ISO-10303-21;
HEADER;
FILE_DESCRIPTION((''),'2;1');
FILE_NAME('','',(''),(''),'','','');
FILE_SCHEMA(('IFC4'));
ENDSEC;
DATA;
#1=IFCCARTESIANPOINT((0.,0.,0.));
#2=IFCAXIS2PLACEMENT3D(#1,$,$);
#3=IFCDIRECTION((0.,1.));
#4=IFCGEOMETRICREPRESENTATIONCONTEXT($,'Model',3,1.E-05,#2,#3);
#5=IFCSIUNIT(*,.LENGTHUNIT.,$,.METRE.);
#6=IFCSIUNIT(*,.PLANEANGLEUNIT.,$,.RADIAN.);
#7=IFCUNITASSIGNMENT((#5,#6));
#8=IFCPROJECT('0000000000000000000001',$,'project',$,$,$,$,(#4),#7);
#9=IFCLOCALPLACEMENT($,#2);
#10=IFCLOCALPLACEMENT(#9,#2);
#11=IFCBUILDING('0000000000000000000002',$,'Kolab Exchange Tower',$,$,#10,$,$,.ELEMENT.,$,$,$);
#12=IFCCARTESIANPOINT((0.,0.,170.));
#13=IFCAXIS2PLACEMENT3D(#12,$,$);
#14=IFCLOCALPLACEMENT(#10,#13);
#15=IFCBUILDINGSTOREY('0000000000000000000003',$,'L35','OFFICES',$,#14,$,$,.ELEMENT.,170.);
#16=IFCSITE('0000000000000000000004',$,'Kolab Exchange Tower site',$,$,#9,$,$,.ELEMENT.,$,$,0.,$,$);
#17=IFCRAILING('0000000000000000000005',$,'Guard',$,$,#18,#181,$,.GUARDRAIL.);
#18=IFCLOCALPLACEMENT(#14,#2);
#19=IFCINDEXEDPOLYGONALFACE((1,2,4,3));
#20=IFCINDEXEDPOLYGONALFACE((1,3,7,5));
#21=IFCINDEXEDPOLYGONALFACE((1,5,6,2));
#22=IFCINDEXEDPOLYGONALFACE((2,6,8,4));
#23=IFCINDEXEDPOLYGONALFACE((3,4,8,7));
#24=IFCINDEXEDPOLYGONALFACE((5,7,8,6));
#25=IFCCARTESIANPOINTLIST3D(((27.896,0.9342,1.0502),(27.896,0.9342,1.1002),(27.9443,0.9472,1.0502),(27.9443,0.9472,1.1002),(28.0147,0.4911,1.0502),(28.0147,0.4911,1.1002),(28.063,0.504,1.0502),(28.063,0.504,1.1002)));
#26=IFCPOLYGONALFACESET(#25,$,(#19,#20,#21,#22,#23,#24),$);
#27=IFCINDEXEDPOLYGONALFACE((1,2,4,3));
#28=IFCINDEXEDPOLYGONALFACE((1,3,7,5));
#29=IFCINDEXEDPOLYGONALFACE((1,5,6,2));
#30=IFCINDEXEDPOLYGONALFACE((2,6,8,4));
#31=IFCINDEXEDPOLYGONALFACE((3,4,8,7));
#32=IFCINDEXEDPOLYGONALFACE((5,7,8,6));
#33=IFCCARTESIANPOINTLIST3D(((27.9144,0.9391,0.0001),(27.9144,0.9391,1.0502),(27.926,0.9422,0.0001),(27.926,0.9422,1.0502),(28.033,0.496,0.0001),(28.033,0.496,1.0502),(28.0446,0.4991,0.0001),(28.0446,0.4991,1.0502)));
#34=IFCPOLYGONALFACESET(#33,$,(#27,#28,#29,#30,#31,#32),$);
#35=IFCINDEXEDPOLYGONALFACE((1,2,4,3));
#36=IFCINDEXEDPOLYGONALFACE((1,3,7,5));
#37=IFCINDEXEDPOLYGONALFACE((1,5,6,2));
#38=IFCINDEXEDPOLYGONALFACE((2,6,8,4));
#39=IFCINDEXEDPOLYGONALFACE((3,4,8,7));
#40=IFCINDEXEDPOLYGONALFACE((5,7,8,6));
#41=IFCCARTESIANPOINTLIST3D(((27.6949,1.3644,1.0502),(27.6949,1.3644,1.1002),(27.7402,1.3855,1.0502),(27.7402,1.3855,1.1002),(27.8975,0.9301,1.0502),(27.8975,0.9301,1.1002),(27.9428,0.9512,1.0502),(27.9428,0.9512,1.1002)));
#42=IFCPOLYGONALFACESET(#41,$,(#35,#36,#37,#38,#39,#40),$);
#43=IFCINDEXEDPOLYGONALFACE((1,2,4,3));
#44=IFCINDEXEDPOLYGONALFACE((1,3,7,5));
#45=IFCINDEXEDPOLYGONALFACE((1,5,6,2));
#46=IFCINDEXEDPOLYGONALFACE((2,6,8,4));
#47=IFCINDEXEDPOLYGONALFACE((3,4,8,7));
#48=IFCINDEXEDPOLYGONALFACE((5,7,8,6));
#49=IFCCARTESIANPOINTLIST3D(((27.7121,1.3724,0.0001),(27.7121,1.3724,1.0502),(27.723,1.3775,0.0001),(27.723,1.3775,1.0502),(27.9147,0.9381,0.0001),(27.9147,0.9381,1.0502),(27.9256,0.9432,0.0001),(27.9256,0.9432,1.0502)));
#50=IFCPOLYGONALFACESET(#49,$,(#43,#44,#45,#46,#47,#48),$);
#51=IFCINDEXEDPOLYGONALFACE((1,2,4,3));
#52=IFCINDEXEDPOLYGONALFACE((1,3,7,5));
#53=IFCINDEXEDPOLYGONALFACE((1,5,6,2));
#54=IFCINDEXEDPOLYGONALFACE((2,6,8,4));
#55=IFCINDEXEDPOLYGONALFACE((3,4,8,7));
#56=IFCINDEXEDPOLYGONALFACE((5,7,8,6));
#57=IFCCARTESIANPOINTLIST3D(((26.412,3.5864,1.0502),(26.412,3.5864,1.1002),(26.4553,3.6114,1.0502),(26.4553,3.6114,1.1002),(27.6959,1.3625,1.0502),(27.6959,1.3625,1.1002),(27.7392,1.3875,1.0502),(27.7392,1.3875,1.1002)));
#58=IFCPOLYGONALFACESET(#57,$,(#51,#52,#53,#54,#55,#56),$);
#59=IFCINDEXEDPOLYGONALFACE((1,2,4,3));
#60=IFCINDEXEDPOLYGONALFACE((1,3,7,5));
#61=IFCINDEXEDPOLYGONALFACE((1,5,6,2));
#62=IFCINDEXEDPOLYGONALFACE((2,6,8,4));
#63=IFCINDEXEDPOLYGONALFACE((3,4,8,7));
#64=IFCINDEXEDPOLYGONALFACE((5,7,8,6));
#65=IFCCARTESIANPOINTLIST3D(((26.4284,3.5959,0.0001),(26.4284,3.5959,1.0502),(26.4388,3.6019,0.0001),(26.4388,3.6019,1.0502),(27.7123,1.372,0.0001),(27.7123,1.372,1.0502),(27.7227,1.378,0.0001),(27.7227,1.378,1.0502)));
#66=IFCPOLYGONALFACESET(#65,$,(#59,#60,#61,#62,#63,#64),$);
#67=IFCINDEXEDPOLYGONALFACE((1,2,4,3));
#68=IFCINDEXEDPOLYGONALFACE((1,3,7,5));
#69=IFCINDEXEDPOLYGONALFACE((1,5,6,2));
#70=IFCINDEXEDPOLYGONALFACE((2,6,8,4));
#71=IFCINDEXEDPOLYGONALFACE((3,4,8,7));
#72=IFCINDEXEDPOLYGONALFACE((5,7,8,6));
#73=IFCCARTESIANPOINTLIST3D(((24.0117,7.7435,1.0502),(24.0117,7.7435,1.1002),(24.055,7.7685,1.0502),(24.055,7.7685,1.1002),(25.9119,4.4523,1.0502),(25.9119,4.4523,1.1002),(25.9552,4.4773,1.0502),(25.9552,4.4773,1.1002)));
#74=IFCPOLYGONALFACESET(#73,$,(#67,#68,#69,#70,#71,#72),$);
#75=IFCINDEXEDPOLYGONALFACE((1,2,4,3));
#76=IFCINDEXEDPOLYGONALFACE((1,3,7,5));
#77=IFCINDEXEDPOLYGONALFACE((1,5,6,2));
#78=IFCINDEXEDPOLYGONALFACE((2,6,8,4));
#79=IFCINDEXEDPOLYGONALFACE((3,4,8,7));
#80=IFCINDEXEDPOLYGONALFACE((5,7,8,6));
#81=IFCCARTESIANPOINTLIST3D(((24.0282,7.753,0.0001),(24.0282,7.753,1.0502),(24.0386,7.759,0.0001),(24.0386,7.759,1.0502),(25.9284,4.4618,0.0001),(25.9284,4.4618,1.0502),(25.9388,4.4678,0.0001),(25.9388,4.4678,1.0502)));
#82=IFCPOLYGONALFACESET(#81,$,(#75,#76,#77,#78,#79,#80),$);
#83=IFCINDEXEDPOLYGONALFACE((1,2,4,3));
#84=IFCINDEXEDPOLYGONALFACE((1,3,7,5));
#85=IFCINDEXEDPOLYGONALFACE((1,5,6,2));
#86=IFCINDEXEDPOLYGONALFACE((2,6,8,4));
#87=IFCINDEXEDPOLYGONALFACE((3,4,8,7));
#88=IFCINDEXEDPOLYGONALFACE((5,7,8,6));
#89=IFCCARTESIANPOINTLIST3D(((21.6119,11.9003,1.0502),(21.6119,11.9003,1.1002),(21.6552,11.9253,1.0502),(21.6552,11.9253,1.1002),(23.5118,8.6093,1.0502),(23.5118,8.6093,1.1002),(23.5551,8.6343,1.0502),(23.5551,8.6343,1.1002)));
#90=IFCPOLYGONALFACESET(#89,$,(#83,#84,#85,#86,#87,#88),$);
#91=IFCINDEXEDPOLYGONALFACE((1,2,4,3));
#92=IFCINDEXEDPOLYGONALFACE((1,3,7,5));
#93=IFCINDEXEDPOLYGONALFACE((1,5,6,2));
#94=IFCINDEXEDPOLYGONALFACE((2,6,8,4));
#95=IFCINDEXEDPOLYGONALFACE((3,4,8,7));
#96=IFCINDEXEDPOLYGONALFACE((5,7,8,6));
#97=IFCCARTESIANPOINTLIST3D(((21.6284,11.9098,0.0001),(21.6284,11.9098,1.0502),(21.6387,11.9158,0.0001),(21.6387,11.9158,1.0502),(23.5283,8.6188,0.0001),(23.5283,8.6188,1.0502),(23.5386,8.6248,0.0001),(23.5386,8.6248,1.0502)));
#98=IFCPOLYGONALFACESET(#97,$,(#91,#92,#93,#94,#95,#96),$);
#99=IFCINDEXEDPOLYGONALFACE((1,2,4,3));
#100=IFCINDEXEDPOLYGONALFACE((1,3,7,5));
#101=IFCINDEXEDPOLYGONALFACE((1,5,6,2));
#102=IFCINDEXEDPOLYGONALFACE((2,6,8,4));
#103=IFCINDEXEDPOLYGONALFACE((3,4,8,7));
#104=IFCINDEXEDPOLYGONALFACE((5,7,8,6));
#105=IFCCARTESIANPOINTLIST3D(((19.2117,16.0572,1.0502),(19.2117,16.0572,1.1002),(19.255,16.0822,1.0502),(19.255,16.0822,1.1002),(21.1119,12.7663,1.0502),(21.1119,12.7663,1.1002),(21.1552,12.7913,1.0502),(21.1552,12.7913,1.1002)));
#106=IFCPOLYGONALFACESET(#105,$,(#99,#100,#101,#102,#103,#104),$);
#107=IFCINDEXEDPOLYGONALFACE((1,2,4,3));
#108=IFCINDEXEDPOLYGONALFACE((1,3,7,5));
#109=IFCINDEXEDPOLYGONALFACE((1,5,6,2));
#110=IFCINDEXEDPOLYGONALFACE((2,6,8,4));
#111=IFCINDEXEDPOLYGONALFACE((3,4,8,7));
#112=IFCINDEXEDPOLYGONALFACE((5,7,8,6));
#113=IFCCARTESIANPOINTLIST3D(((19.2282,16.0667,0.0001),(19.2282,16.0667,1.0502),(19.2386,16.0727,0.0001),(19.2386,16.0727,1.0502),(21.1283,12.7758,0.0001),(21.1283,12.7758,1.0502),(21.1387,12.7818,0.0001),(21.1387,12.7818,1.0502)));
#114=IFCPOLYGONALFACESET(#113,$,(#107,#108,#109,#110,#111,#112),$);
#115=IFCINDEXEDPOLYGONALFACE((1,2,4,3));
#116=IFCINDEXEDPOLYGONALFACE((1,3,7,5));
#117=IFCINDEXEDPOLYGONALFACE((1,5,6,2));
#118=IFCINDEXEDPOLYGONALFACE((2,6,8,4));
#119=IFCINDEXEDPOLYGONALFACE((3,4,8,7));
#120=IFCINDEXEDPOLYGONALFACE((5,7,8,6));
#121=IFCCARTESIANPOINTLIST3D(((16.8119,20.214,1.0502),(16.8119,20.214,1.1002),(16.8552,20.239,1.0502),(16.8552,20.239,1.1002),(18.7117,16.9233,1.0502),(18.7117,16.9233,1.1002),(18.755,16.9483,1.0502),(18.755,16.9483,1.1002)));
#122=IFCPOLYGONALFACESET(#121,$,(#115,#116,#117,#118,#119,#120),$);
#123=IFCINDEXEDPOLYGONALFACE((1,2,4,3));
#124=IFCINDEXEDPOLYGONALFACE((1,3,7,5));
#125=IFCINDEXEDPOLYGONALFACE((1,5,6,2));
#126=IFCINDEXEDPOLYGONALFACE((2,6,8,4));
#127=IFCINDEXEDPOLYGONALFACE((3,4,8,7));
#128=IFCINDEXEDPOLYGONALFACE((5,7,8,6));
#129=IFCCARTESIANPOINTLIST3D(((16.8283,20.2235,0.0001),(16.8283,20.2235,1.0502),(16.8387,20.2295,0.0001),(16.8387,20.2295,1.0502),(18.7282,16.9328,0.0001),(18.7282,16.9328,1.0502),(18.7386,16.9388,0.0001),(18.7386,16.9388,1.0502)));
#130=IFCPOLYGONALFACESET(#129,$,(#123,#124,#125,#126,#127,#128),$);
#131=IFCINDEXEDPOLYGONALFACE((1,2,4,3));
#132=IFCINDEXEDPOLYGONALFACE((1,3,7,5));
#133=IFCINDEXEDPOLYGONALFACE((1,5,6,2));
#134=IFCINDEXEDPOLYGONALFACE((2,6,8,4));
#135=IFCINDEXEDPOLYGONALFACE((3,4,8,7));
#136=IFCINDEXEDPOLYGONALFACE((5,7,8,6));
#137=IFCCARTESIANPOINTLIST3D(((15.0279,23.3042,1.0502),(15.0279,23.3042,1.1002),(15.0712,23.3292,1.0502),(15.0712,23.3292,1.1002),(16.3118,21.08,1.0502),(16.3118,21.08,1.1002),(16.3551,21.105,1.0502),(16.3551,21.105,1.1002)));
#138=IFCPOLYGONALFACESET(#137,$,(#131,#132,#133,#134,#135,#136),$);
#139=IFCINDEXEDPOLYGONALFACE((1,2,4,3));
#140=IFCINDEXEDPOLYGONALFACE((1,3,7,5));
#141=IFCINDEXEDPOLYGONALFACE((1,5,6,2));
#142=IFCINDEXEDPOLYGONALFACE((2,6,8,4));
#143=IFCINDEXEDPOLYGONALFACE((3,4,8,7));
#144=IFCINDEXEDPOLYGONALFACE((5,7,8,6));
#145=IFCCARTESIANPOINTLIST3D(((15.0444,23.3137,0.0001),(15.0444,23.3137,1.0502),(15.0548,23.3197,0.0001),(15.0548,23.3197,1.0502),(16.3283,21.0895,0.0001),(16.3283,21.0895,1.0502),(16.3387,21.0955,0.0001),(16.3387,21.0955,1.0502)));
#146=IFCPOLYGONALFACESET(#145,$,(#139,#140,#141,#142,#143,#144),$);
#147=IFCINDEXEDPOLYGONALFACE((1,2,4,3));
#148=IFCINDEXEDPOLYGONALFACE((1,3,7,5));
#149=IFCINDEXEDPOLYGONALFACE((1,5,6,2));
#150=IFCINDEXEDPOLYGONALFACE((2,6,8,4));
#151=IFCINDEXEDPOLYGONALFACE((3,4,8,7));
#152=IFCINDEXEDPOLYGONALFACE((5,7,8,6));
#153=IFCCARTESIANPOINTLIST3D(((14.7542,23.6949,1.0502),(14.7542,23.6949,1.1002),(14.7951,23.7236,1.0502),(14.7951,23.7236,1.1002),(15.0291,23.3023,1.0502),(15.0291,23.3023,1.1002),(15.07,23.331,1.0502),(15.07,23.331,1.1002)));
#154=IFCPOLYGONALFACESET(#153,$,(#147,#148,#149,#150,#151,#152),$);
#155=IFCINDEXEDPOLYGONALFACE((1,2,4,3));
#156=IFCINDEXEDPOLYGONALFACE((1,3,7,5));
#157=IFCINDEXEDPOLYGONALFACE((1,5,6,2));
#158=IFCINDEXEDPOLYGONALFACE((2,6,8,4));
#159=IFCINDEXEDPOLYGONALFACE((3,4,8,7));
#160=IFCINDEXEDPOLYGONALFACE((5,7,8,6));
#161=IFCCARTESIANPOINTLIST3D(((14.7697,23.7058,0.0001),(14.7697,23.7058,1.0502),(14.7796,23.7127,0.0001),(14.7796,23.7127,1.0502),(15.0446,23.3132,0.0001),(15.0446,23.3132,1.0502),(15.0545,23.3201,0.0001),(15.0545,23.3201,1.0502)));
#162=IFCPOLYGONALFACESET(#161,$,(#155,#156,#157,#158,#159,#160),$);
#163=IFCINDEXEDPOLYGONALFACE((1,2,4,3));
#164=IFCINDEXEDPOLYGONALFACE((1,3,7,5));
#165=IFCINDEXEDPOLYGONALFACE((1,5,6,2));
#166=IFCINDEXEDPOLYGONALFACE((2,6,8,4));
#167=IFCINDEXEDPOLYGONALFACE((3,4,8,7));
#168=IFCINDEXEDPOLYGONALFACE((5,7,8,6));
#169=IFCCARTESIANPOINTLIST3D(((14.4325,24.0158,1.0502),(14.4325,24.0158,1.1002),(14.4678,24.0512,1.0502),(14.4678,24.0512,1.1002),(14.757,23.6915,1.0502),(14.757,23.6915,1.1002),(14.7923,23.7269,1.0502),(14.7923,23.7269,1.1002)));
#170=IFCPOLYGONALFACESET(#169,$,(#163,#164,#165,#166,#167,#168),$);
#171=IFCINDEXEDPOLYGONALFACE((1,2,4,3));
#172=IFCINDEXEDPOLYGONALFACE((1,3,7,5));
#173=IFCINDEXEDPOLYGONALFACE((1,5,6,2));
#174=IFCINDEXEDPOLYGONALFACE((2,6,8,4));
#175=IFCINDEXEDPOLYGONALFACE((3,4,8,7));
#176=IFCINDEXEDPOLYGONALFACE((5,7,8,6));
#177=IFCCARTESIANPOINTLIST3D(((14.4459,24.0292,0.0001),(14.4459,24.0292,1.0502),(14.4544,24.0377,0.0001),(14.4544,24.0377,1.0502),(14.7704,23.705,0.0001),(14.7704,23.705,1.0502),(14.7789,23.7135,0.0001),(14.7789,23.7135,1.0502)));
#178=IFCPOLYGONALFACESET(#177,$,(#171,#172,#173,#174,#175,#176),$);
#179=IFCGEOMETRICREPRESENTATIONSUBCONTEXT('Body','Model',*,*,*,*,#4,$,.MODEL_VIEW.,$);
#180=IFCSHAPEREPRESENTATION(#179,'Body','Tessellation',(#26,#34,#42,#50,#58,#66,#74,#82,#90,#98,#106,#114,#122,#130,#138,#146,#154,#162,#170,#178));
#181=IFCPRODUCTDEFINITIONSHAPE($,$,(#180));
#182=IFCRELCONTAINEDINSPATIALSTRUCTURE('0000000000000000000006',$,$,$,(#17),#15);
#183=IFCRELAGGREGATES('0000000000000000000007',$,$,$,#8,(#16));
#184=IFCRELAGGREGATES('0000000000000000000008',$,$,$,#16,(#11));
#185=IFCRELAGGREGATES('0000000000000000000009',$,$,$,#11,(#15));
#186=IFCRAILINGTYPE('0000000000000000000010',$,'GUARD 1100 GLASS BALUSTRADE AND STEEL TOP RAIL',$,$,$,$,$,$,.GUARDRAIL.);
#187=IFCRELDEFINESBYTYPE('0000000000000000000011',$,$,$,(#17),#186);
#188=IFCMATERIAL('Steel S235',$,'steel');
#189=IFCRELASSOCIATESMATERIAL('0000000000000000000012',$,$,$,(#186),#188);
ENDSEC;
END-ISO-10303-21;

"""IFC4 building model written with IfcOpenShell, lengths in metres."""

from ifc_helpers import new_model, si_unit, direction, frame, frame_2d, origin, origin_2d, place, context, subcontext, project, spatial, rectangle, extrude, material, type_object, element, save


model = new_model("IFC4")

# Units and contexts
model_context = context("Model", 3, precision=1e-05, world=origin(), true_north=direction((0.0, 1.0)))
body_context = subcontext(model_context, "Body", "Model", "MODEL_VIEW")
ifc_project = project(units=[si_unit("LENGTHUNIT", "METRE"), si_unit("PLANEANGLEUNIT", "RADIAN")], contexts=[model_context])

# Site, building, storey
site_placement = place(None, origin())
site = spatial("IfcSite", under=ifc_project, at=site_placement, Name="Kolab Exchange Tower site", CompositionType="ELEMENT", RefElevation=0.0)
building_placement = place(site_placement, origin())
building = spatial("IfcBuilding", under=site, at=building_placement, Name="Kolab Exchange Tower", CompositionType="ELEMENT")
storey_placement = place(building_placement, frame((0.0, 0.0, 170.0)))
storey = spatial("IfcBuildingStorey", under=building, at=storey_placement, Name="L35", Description="OFFICES", CompositionType="ELEMENT", Elevation=170.0)

# Railing
ifc_material_1 = material(Name="Steel S235", Category="steel")
railing_type = type_object("IfcRailingType", Name="GUARD 1100 GLASS BALUSTRADE AND STEEL TOP RAIL", PredefinedType="GUARDRAIL", material=ifc_material_1)
railing_placement = place(storey_placement, frame((28.0388, 0.4976, 0.0)))
element("IfcRailing", 1, at=railing_placement, inside=storey, type_object=railing_type, Name="Guard", PredefinedType="GUARDRAIL", context=body_context, shape_type="SweptSolid", body=[
    extrude(rectangle(XDim=0.05, YDim=0.05, at=origin_2d()), frame((0.0, 0.0, 1.0752), z_axis=(-0.258656, 0.965969, 0.0), x_axis=(-0.965969, -0.258656, 0.0)), (0.0, 0.0, 1.0), 0.4587),
    extrude(rectangle(XDim=0.012, YDim=1.0501, at=frame_2d((0.0, 0.5251))), frame((0.0, 0.0, 0.0), z_axis=(-0.258656, 0.965969, 0.0), x_axis=(-0.965969, -0.258656, 0.0)), (0.0, 0.0, 1.0), 0.4587),
    extrude(rectangle(XDim=0.05, YDim=0.05, at=origin_2d()), frame((-0.1187, 0.4431, 1.0752), z_axis=(-0.422802, 0.906222, 0.0), x_axis=(-0.906222, -0.422802, 0.0)), (0.0, 0.0, 1.0), 0.4792),
    extrude(rectangle(XDim=0.012, YDim=1.0501, at=frame_2d((0.0, 0.5251))), frame((-0.1187, 0.4431, 0.0), z_axis=(-0.422802, 0.906222, 0.0), x_axis=(-0.906222, -0.422802, 0.0)), (0.0, 0.0, 1.0), 0.4792),
    extrude(rectangle(XDim=0.05, YDim=0.05, at=origin_2d()), frame((-0.3213, 0.8774, 1.0752), z_axis=(-0.499994, 0.866029, 0.0), x_axis=(-0.866029, -0.499994, 0.0)), (0.0, 0.0, 1.0), 2.5679),
    extrude(rectangle(XDim=0.012, YDim=1.0501, at=frame_2d((0.0, 0.5251))), frame((-0.3213, 0.8774, 0.0), z_axis=(-0.499994, 0.866029, 0.0), x_axis=(-0.866029, -0.499994, 0.0)), (0.0, 0.0, 1.0), 2.5679),
    extrude(rectangle(XDim=0.05, YDim=0.05, at=origin_2d()), frame((-2.1052, 3.9673, 1.0752), z_axis=(-0.500015, 0.866017, 0.0), x_axis=(-0.866017, -0.500015, 0.0)), (0.0, 0.0, 1.0), 3.8003),
    extrude(rectangle(XDim=0.012, YDim=1.0501, at=frame_2d((0.0, 0.5251))), frame((-2.1052, 3.9673, 0.0), z_axis=(-0.500015, 0.866017, 0.0), x_axis=(-0.866017, -0.500015, 0.0)), (0.0, 0.0, 1.0), 3.8003),
    extrude(rectangle(XDim=0.05, YDim=0.05, at=origin_2d()), frame((-4.5054, 8.1243, 1.0752), z_axis=(-0.499967, 0.866044, 0.0), x_axis=(-0.866044, -0.499967, 0.0)), (0.0, 0.0, 1.0), 3.8),
    extrude(rectangle(XDim=0.012, YDim=1.0501, at=frame_2d((0.0, 0.5251))), frame((-4.5054, 8.1243, 0.0), z_axis=(-0.499967, 0.866044, 0.0), x_axis=(-0.866044, -0.499967, 0.0)), (0.0, 0.0, 1.0), 3.8),
    extrude(rectangle(XDim=0.05, YDim=0.05, at=origin_2d()), frame((-6.9053, 12.2812, 1.0752), z_axis=(-0.500043, 0.866, 0.0), x_axis=(-0.866, -0.500043, 0.0)), (0.0, 0.0, 1.0), 3.8),
    extrude(rectangle(XDim=0.012, YDim=1.0501, at=frame_2d((0.0, 0.5251))), frame((-6.9053, 12.2812, 0.0), z_axis=(-0.500043, 0.866, 0.0), x_axis=(-0.866, -0.500043, 0.0)), (0.0, 0.0, 1.0), 3.8),
    extrude(rectangle(XDim=0.05, YDim=0.05, at=origin_2d()), frame((-9.3054, 16.4382, 1.0752), z_axis=(-0.499995, 0.866028, 0.0), x_axis=(-0.866028, -0.499995, 0.0)), (0.0, 0.0, 1.0), 3.7998),
    extrude(rectangle(XDim=0.012, YDim=1.0501, at=frame_2d((0.0, 0.5251))), frame((-9.3054, 16.4382, 0.0), z_axis=(-0.499995, 0.866028, 0.0), x_axis=(-0.866028, -0.499995, 0.0)), (0.0, 0.0, 1.0), 3.7998),
    extrude(rectangle(XDim=0.05, YDim=0.05, at=origin_2d()), frame((-11.7053, 20.595, 1.0752), z_axis=(-0.499953, 0.866053, 0.0), x_axis=(-0.866053, -0.499953, 0.0)), (0.0, 0.0, 1.0), 2.5681),
    extrude(rectangle(XDim=0.012, YDim=1.0501, at=frame_2d((0.0, 0.5251))), frame((-11.7053, 20.595, 0.0), z_axis=(-0.499953, 0.866053, 0.0), x_axis=(-0.866053, -0.499953, 0.0)), (0.0, 0.0, 1.0), 2.5681),
    extrude(rectangle(XDim=0.05, YDim=0.05, at=origin_2d()), frame((-12.9893, 22.8191, 1.0752), z_axis=(-0.573599, 0.819136, 0.0), x_axis=(-0.819136, -0.573599, 0.0)), (0.0, 0.0, 1.0), 0.4792),
    extrude(rectangle(XDim=0.012, YDim=1.0501, at=frame_2d((0.0, 0.5251))), frame((-12.9893, 22.8191, 0.0), z_axis=(-0.573599, 0.819136, 0.0), x_axis=(-0.819136, -0.573599, 0.0)), (0.0, 0.0, 1.0), 0.4792),
    extrude(rectangle(XDim=0.05, YDim=0.05, at=origin_2d()), frame((-13.2642, 23.2117, 1.0752), z_axis=(-0.707373, 0.706841, 0.0), x_axis=(-0.706841, -0.707373, 0.0)), (0.0, 0.0, 1.0), 0.4587),
    extrude(rectangle(XDim=0.012, YDim=1.0501, at=frame_2d((0.0, 0.5251))), frame((-13.2642, 23.2117, 0.0), z_axis=(-0.707373, 0.706841, 0.0), x_axis=(-0.706841, -0.707373, 0.0)), (0.0, 0.0, 1.0), 0.4587),
])

save(model, "model.ifc")
